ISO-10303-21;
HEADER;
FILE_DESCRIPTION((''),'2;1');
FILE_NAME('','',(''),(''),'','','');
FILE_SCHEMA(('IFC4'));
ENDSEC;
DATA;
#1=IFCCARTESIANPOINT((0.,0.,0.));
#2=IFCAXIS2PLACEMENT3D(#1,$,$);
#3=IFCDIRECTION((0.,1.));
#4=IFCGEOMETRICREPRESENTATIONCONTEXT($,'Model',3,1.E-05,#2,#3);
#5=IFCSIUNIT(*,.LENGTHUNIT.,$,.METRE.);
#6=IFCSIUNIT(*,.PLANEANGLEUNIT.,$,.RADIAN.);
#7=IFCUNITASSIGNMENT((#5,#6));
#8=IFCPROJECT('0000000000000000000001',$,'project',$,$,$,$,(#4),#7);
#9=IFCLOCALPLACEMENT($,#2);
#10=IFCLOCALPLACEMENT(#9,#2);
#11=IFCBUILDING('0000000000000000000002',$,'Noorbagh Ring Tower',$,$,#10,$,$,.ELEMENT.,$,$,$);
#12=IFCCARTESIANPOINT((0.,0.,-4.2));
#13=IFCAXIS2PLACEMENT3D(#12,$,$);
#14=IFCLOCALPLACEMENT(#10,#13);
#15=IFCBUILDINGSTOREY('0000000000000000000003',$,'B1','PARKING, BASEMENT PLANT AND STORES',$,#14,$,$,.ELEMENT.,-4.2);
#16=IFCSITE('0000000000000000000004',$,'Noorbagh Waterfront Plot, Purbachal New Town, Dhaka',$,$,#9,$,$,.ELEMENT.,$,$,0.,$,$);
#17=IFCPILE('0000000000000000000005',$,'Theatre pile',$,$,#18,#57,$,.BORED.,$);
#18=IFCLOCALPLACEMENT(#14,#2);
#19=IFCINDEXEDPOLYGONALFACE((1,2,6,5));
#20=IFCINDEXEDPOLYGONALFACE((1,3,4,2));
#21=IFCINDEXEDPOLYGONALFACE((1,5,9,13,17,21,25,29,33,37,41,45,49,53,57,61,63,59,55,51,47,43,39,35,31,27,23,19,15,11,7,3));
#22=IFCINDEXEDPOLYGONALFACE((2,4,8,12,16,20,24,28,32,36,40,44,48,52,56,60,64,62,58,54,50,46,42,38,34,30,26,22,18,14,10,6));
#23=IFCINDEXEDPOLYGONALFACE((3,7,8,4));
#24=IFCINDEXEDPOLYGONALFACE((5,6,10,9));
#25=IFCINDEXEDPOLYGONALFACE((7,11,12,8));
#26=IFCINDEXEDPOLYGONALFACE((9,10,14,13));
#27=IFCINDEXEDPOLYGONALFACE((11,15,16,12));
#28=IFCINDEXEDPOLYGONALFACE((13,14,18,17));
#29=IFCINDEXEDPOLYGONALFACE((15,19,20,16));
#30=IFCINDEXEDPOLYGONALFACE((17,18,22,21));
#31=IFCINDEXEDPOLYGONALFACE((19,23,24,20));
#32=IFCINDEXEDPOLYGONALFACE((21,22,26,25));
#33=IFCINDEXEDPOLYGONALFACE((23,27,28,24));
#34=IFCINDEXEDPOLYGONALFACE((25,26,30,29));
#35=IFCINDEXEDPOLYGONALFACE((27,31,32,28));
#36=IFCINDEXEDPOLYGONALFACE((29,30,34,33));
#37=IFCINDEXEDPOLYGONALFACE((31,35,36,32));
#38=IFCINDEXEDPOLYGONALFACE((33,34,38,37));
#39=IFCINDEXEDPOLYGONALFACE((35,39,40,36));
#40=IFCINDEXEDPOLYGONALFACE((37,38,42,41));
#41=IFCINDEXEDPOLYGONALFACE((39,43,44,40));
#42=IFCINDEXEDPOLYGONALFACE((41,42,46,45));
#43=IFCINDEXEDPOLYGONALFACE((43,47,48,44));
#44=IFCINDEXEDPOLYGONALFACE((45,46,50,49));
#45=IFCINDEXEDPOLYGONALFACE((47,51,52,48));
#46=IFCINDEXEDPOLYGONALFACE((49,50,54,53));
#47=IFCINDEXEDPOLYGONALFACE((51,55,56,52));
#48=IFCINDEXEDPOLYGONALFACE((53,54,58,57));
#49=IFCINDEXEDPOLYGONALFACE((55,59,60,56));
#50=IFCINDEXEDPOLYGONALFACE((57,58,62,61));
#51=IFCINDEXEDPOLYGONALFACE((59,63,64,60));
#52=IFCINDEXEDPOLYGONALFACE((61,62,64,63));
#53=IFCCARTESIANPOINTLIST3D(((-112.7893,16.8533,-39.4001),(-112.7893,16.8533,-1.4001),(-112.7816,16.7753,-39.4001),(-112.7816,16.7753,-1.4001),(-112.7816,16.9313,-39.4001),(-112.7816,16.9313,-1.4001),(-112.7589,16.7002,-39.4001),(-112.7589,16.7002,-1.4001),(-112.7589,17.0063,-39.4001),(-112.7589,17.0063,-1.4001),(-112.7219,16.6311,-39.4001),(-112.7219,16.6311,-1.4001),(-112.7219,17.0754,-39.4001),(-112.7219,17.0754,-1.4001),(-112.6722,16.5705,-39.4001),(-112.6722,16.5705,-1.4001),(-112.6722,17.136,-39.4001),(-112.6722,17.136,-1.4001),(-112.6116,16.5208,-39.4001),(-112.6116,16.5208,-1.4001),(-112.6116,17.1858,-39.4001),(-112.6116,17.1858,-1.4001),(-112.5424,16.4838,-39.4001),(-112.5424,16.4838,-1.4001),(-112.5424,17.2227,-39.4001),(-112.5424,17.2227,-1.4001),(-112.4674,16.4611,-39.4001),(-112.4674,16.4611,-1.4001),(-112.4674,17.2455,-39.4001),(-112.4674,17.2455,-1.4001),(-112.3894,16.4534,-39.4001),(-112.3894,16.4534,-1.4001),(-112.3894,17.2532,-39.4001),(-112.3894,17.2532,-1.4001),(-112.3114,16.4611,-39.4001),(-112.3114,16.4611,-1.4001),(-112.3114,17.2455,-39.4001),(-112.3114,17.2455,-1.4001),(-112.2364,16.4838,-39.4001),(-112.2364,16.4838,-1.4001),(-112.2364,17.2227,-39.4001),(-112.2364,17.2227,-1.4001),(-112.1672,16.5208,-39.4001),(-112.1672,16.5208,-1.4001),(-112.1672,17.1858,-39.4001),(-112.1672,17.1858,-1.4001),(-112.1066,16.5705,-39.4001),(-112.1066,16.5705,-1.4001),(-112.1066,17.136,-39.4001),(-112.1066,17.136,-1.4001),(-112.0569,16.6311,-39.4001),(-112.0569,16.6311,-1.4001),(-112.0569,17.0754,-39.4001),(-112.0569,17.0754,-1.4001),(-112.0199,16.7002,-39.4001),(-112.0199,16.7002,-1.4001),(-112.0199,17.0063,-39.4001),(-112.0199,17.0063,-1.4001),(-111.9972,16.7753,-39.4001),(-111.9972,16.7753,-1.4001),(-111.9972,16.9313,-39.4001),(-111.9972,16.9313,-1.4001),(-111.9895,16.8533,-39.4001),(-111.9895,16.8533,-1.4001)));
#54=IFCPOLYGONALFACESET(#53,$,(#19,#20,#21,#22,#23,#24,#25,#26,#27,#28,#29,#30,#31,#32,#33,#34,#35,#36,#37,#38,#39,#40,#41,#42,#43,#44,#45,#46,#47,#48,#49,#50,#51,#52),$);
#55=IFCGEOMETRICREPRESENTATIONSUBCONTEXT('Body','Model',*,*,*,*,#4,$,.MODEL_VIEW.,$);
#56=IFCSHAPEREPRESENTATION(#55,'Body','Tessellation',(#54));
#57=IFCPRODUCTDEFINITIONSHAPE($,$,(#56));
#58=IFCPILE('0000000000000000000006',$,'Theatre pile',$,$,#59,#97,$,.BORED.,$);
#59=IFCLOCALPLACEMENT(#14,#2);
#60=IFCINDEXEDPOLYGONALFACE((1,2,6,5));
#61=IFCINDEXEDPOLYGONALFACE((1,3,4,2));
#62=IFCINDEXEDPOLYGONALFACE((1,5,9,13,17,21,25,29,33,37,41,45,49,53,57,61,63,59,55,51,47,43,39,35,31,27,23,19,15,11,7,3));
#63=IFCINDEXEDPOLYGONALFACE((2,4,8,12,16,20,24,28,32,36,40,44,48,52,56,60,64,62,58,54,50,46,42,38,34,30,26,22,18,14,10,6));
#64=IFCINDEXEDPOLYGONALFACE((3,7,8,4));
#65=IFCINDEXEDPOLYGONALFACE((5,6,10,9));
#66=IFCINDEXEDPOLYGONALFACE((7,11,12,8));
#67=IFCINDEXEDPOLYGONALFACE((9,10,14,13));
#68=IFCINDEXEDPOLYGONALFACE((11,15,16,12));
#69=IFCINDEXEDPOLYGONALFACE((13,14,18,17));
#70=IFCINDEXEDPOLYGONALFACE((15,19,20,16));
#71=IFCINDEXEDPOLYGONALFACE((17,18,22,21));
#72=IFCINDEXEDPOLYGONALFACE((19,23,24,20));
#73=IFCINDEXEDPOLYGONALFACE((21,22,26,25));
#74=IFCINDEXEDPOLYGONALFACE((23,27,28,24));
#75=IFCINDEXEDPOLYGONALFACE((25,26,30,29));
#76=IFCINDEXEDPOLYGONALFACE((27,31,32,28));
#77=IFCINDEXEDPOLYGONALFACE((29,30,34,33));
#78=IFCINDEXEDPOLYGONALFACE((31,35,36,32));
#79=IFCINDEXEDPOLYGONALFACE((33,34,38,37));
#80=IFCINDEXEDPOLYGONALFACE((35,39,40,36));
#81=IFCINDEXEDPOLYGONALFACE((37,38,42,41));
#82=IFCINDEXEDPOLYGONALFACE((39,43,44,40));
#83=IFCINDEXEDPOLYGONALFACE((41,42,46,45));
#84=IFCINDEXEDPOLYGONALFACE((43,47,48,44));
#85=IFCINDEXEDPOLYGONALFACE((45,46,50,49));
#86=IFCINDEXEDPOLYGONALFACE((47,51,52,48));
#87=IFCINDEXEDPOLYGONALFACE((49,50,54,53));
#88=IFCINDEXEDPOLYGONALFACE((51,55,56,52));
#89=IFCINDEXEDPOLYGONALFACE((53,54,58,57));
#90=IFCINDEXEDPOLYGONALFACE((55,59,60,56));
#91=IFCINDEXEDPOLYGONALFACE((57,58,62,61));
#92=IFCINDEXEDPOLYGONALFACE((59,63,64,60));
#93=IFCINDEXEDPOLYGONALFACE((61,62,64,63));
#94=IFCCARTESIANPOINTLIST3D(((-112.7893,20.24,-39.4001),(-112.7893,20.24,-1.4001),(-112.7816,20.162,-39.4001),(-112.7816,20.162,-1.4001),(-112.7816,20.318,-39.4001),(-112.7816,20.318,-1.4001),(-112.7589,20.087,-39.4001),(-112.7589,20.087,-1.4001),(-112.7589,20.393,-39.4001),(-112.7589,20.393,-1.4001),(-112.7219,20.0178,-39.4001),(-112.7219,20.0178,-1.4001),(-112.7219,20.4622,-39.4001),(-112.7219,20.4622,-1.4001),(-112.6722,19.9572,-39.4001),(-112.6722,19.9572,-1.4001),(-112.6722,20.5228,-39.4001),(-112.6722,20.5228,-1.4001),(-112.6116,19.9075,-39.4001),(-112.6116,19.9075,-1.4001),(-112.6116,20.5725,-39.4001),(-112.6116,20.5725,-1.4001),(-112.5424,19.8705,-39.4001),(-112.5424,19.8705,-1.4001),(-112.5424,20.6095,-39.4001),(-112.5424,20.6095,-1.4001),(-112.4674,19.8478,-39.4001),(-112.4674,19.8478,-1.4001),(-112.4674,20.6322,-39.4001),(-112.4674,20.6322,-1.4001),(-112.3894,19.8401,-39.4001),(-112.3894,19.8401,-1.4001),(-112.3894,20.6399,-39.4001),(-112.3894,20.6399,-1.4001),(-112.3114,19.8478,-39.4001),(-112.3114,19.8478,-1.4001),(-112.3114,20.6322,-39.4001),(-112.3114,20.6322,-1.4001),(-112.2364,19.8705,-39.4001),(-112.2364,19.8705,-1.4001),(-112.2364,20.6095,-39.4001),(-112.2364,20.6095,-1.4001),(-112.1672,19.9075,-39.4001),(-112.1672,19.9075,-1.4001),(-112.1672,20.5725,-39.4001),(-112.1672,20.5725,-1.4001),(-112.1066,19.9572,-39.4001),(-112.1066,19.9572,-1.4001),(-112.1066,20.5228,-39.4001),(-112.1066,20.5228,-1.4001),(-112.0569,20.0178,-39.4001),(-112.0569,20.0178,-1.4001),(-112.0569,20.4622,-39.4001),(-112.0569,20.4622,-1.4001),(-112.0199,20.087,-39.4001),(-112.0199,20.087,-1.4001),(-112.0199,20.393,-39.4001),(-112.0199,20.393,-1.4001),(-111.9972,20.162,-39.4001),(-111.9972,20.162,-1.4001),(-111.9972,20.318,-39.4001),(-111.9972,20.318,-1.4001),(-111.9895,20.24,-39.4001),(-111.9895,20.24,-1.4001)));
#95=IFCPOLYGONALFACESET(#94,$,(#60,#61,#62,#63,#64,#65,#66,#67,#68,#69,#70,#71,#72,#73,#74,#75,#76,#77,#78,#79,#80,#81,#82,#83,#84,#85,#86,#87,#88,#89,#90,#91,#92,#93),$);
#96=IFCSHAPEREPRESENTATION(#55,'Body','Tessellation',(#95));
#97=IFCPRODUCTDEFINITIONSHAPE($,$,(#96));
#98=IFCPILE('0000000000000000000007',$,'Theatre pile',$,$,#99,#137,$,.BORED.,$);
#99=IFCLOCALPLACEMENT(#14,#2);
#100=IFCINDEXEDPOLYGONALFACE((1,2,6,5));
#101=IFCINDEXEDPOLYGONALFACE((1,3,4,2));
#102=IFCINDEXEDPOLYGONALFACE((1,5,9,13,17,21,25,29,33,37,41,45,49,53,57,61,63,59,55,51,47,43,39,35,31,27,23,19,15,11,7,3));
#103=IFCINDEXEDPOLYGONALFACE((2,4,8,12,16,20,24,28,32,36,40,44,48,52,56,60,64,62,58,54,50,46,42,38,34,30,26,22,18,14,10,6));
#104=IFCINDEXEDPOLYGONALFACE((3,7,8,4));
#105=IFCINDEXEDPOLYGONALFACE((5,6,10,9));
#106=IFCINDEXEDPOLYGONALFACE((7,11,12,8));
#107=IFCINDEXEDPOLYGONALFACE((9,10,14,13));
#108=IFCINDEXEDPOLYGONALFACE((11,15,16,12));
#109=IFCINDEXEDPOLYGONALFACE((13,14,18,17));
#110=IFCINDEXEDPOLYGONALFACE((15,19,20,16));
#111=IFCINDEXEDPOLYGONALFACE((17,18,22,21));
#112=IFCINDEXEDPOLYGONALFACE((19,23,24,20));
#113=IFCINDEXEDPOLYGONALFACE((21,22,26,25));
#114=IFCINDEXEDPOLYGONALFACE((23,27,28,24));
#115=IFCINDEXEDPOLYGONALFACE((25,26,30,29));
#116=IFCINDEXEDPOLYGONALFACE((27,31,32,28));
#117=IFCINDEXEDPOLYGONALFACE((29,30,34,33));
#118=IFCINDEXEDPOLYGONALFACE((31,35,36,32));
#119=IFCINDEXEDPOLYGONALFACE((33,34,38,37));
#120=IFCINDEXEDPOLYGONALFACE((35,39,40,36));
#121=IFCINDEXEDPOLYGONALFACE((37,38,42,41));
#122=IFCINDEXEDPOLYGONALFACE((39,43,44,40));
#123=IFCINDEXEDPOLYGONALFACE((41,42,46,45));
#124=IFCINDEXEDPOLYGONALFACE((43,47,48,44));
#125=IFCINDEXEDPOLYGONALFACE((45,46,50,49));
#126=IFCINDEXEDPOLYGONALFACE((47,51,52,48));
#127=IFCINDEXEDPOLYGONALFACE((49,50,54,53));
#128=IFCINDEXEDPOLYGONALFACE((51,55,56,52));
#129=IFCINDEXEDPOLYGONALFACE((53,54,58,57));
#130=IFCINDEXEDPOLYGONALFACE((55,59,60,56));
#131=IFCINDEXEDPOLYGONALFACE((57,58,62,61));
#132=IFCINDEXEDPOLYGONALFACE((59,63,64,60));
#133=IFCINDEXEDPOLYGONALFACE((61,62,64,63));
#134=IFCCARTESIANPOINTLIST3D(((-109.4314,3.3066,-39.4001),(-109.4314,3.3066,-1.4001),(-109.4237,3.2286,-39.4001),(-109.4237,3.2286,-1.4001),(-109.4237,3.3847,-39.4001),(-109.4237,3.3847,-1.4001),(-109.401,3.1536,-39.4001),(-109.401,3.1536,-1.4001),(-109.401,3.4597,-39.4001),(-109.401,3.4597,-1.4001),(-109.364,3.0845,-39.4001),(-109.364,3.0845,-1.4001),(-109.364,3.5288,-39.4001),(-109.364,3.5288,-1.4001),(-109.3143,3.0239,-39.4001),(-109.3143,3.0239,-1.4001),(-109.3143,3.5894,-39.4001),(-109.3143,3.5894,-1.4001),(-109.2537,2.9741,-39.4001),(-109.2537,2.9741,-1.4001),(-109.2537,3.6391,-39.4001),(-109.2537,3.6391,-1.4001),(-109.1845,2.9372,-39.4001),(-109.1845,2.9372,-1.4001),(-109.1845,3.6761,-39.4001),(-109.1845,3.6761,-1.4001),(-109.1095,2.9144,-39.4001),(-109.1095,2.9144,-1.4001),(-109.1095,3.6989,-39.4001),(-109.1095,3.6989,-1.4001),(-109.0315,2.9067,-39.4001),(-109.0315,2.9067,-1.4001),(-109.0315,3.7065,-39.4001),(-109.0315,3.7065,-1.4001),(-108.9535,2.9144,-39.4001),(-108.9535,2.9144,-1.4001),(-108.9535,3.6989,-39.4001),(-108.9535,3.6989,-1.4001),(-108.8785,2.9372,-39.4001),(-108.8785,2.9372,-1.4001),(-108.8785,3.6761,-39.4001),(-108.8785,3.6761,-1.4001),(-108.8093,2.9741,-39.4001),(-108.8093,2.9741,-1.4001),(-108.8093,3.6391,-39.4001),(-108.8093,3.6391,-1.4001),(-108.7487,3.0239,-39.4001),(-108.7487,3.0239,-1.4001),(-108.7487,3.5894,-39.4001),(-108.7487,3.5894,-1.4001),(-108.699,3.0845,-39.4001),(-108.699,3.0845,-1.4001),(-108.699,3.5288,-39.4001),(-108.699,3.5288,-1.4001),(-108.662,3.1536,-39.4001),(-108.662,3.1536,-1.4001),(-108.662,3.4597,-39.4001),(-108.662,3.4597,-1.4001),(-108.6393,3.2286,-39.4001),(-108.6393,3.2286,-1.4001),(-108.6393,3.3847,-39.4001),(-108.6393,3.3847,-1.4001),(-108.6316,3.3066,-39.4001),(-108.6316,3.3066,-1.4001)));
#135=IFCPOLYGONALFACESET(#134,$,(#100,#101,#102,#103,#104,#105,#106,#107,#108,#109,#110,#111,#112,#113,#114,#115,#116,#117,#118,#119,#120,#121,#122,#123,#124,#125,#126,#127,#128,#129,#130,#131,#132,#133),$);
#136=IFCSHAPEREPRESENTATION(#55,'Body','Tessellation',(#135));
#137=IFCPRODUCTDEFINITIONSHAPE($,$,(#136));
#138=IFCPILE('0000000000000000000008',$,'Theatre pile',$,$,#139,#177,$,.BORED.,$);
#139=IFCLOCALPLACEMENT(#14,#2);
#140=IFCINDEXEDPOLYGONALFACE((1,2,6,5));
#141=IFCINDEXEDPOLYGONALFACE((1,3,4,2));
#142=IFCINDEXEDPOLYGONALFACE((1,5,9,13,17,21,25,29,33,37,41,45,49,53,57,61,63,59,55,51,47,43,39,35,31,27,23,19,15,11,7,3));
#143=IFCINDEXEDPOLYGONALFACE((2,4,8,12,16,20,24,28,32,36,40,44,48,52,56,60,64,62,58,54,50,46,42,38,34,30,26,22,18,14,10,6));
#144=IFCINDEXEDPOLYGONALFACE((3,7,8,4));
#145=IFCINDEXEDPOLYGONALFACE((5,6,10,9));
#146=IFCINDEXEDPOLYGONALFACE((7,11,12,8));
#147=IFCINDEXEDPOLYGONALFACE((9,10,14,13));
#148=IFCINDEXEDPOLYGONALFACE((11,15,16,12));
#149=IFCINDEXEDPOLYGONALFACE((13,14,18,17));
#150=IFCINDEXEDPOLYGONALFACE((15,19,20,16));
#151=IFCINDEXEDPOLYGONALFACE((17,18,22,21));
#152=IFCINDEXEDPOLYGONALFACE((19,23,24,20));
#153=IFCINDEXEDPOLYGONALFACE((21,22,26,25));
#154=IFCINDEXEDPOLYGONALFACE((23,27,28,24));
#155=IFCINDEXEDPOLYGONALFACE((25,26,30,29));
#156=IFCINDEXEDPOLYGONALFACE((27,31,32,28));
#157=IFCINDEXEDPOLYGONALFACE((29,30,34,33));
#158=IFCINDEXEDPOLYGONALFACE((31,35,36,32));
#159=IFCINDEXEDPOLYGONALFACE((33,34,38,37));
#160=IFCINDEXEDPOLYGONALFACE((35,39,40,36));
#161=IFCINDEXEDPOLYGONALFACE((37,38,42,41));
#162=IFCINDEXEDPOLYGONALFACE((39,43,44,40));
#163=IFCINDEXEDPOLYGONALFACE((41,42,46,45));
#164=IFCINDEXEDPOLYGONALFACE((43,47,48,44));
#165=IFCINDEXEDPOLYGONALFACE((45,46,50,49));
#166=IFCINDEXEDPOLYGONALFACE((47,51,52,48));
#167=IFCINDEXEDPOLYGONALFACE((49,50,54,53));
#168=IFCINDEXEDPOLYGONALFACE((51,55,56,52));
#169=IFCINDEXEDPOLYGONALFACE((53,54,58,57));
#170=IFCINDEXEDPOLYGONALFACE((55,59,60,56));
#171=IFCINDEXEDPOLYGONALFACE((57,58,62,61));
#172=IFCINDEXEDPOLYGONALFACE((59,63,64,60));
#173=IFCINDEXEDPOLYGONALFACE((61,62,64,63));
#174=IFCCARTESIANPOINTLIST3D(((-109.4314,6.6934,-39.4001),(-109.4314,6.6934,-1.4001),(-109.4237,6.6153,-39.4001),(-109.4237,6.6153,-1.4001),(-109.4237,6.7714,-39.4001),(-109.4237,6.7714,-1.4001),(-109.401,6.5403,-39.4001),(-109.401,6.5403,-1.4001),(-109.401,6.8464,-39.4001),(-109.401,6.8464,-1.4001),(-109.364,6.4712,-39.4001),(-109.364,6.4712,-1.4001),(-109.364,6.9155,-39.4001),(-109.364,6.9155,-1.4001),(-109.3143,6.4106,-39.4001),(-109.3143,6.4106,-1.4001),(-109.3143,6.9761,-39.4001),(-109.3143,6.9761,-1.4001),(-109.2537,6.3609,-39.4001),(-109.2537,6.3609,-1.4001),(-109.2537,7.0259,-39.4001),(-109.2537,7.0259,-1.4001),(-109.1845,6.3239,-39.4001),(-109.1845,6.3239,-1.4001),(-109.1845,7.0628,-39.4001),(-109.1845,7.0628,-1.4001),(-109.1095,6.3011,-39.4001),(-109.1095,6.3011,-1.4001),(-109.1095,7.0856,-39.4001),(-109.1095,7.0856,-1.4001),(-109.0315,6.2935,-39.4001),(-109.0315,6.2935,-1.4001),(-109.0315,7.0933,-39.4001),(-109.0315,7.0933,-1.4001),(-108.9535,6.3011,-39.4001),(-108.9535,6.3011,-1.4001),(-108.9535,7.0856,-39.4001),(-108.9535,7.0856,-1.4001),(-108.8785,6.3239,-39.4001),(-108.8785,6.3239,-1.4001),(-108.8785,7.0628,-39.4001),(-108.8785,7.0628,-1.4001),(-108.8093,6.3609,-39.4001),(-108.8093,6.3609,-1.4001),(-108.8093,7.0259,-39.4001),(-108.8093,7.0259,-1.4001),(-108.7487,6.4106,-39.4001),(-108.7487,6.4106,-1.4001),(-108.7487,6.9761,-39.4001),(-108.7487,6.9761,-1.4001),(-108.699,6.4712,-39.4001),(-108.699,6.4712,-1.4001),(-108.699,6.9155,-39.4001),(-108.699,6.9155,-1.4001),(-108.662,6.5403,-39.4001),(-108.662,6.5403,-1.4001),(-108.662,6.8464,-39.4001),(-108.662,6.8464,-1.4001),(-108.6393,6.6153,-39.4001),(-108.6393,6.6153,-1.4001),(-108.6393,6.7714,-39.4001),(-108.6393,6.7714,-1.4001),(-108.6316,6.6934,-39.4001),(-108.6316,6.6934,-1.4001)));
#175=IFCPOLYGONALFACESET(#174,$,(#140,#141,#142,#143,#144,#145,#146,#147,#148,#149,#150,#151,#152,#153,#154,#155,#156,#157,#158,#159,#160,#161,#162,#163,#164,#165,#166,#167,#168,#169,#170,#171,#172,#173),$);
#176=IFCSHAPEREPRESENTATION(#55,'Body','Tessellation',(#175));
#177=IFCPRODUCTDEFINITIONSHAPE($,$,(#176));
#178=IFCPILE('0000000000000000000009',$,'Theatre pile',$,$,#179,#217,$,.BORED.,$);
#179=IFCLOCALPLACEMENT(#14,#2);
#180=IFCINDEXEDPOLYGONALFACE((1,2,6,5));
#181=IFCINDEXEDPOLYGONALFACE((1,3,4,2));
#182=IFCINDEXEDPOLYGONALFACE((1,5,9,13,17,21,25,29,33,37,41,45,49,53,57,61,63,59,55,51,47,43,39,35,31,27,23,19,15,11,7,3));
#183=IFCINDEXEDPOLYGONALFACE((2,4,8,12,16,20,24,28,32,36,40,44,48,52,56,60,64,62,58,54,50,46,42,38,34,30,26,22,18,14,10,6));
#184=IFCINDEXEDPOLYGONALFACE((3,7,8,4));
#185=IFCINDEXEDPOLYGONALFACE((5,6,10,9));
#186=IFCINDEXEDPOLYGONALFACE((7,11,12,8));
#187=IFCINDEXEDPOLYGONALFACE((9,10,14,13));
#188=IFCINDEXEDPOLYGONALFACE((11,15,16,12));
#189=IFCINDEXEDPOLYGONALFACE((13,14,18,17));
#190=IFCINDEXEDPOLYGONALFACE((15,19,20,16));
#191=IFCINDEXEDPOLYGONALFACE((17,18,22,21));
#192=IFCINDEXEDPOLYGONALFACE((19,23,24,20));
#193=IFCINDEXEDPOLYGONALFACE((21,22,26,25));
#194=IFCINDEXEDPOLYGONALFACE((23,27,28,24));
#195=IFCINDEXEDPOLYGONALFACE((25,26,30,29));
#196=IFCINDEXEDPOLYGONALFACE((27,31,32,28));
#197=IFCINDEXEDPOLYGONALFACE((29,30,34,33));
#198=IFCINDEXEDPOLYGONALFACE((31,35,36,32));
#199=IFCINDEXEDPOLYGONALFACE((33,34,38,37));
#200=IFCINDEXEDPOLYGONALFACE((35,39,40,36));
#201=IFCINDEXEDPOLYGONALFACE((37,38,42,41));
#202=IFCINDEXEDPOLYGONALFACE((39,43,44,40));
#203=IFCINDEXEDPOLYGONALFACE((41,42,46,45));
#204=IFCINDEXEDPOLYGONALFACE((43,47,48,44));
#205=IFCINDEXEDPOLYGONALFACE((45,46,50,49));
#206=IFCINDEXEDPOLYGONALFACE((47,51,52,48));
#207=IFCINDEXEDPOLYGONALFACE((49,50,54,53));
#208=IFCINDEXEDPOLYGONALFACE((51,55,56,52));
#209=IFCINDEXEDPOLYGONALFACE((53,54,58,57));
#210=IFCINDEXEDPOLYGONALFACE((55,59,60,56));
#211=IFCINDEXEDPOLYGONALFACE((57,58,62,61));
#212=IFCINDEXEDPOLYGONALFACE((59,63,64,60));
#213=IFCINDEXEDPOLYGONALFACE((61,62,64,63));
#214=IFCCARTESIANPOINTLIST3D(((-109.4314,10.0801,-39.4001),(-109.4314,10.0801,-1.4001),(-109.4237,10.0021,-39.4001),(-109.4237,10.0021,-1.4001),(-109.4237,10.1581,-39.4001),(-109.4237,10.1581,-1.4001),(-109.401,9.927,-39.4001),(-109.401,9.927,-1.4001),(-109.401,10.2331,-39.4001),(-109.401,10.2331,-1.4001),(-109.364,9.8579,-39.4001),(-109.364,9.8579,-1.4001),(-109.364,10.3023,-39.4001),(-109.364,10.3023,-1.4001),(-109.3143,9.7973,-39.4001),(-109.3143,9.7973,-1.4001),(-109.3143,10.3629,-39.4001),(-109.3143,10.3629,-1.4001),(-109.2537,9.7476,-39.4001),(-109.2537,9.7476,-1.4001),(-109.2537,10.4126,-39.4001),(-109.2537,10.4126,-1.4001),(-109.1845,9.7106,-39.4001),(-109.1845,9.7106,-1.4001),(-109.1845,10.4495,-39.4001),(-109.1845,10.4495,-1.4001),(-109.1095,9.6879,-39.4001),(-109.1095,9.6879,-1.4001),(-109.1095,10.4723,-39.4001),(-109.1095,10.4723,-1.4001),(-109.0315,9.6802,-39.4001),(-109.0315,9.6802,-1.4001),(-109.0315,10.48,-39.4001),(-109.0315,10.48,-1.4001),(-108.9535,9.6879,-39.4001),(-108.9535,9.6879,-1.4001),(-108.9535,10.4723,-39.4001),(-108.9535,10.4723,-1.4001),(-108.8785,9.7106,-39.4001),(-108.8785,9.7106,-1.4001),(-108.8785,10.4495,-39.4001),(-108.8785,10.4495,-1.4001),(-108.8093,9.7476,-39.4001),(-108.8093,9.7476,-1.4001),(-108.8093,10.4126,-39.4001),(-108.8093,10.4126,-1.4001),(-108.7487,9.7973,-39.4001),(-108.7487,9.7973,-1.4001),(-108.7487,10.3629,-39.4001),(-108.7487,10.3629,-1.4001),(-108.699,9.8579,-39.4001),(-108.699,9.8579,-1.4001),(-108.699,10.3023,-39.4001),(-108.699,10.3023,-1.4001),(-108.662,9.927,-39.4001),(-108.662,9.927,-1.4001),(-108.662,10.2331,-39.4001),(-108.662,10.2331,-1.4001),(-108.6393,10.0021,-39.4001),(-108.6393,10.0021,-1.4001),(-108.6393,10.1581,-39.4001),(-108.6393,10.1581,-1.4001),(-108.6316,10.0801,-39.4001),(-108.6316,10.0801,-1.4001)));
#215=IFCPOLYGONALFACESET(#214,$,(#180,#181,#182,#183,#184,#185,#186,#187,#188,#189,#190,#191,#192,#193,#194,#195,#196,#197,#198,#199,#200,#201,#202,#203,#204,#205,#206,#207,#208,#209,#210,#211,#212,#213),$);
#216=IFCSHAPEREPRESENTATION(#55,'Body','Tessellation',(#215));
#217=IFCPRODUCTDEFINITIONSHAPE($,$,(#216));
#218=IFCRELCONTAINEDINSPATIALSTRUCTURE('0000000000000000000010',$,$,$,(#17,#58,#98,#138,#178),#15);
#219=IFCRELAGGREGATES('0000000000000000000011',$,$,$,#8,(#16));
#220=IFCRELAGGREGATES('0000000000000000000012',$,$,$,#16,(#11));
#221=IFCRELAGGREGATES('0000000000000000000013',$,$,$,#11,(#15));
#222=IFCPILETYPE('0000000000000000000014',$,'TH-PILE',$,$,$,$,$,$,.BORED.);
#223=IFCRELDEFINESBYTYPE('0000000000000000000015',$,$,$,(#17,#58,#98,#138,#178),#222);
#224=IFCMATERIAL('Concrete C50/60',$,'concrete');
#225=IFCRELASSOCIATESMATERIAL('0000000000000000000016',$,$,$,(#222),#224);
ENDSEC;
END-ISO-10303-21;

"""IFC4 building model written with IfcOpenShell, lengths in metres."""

from ifc_helpers import new_model, si_unit, direction, frame, origin, origin_2d, place, context, subcontext, project, spatial, circle, extrude, material, material_profile, profile_set, type_object, element, save


model = new_model("IFC4")

# Units and contexts
model_context = context("Model", 3, precision=1e-05, world=origin(), true_north=direction((0.0, 1.0)))
body_context = subcontext(model_context, "Body", "Model", "MODEL_VIEW")
ifc_project = project(units=[si_unit("LENGTHUNIT", "METRE"), si_unit("PLANEANGLEUNIT", "RADIAN")], contexts=[model_context])

# Site, building, storey
site_placement = place(None, origin())
site = spatial("IfcSite", under=ifc_project, at=site_placement, Name="Noorbagh Waterfront Plot, Purbachal New Town, Dhaka", CompositionType="ELEMENT", RefElevation=0.0)
building_placement = place(site_placement, origin())
building = spatial("IfcBuilding", under=site, at=building_placement, Name="Noorbagh Ring Tower", CompositionType="ELEMENT")
storey_placement = place(building_placement, frame((0.0, 0.0, -4.2)))
storey = spatial("IfcBuildingStorey", under=building, at=storey_placement, Name="B1", Description="PARKING, BASEMENT PLANT AND STORES", CompositionType="ELEMENT", Elevation=-4.2)

# Piles
ifc_material_1 = material(Name="Concrete C50/60", Category="concrete")
ifc_material_profile = material_profile(ifc_material_1, circle(Radius=0.3999, at=origin_2d()), Name="PILE800")
ifc_profile_set = profile_set([ifc_material_profile], Name="Concrete C50/60")
pile_type = type_object("IfcPileType", Name="TH-PILE", PredefinedType="BORED", material=ifc_profile_set)
for number, where, z_axis, x_axis, name in (
    (1, (-112.3894, 16.8533, -1.4001), (0.0, 0.0, -1.0), (1.0, 0.0, 0.0), "Theatre pile"),
    (2, (-112.3894, 20.24, -1.4001), (0.0, 0.0, -1.0), (1.0, 0.0, 0.0), "Theatre pile"),
    (3, (-109.0315, 3.3066, -1.4001), (0.0, 0.0, -1.0), (1.0, 0.0, 0.0), "Theatre pile"),
    (4, (-109.0315, 6.6934, -1.4001), (0.0, 0.0, -1.0), (1.0, 0.0, 0.0), "Theatre pile"),
    (5, (-109.0315, 10.0801, -1.4001), (0.0, 0.0, -1.0), (1.0, 0.0, 0.0), "Theatre pile"),
):
    element("IfcPile", number, at=place(storey_placement, frame(where, z_axis=z_axis, x_axis=x_axis)), inside=storey, type_object=pile_type, Name=name, PredefinedType="BORED", context=body_context, shape_type="SweptSolid", body=[
        extrude(circle(Radius=0.3999, at=origin_2d()), origin(), (0.0, 0.0, 1.0), 38.0),
    ])

save(model, "model.ifc")
